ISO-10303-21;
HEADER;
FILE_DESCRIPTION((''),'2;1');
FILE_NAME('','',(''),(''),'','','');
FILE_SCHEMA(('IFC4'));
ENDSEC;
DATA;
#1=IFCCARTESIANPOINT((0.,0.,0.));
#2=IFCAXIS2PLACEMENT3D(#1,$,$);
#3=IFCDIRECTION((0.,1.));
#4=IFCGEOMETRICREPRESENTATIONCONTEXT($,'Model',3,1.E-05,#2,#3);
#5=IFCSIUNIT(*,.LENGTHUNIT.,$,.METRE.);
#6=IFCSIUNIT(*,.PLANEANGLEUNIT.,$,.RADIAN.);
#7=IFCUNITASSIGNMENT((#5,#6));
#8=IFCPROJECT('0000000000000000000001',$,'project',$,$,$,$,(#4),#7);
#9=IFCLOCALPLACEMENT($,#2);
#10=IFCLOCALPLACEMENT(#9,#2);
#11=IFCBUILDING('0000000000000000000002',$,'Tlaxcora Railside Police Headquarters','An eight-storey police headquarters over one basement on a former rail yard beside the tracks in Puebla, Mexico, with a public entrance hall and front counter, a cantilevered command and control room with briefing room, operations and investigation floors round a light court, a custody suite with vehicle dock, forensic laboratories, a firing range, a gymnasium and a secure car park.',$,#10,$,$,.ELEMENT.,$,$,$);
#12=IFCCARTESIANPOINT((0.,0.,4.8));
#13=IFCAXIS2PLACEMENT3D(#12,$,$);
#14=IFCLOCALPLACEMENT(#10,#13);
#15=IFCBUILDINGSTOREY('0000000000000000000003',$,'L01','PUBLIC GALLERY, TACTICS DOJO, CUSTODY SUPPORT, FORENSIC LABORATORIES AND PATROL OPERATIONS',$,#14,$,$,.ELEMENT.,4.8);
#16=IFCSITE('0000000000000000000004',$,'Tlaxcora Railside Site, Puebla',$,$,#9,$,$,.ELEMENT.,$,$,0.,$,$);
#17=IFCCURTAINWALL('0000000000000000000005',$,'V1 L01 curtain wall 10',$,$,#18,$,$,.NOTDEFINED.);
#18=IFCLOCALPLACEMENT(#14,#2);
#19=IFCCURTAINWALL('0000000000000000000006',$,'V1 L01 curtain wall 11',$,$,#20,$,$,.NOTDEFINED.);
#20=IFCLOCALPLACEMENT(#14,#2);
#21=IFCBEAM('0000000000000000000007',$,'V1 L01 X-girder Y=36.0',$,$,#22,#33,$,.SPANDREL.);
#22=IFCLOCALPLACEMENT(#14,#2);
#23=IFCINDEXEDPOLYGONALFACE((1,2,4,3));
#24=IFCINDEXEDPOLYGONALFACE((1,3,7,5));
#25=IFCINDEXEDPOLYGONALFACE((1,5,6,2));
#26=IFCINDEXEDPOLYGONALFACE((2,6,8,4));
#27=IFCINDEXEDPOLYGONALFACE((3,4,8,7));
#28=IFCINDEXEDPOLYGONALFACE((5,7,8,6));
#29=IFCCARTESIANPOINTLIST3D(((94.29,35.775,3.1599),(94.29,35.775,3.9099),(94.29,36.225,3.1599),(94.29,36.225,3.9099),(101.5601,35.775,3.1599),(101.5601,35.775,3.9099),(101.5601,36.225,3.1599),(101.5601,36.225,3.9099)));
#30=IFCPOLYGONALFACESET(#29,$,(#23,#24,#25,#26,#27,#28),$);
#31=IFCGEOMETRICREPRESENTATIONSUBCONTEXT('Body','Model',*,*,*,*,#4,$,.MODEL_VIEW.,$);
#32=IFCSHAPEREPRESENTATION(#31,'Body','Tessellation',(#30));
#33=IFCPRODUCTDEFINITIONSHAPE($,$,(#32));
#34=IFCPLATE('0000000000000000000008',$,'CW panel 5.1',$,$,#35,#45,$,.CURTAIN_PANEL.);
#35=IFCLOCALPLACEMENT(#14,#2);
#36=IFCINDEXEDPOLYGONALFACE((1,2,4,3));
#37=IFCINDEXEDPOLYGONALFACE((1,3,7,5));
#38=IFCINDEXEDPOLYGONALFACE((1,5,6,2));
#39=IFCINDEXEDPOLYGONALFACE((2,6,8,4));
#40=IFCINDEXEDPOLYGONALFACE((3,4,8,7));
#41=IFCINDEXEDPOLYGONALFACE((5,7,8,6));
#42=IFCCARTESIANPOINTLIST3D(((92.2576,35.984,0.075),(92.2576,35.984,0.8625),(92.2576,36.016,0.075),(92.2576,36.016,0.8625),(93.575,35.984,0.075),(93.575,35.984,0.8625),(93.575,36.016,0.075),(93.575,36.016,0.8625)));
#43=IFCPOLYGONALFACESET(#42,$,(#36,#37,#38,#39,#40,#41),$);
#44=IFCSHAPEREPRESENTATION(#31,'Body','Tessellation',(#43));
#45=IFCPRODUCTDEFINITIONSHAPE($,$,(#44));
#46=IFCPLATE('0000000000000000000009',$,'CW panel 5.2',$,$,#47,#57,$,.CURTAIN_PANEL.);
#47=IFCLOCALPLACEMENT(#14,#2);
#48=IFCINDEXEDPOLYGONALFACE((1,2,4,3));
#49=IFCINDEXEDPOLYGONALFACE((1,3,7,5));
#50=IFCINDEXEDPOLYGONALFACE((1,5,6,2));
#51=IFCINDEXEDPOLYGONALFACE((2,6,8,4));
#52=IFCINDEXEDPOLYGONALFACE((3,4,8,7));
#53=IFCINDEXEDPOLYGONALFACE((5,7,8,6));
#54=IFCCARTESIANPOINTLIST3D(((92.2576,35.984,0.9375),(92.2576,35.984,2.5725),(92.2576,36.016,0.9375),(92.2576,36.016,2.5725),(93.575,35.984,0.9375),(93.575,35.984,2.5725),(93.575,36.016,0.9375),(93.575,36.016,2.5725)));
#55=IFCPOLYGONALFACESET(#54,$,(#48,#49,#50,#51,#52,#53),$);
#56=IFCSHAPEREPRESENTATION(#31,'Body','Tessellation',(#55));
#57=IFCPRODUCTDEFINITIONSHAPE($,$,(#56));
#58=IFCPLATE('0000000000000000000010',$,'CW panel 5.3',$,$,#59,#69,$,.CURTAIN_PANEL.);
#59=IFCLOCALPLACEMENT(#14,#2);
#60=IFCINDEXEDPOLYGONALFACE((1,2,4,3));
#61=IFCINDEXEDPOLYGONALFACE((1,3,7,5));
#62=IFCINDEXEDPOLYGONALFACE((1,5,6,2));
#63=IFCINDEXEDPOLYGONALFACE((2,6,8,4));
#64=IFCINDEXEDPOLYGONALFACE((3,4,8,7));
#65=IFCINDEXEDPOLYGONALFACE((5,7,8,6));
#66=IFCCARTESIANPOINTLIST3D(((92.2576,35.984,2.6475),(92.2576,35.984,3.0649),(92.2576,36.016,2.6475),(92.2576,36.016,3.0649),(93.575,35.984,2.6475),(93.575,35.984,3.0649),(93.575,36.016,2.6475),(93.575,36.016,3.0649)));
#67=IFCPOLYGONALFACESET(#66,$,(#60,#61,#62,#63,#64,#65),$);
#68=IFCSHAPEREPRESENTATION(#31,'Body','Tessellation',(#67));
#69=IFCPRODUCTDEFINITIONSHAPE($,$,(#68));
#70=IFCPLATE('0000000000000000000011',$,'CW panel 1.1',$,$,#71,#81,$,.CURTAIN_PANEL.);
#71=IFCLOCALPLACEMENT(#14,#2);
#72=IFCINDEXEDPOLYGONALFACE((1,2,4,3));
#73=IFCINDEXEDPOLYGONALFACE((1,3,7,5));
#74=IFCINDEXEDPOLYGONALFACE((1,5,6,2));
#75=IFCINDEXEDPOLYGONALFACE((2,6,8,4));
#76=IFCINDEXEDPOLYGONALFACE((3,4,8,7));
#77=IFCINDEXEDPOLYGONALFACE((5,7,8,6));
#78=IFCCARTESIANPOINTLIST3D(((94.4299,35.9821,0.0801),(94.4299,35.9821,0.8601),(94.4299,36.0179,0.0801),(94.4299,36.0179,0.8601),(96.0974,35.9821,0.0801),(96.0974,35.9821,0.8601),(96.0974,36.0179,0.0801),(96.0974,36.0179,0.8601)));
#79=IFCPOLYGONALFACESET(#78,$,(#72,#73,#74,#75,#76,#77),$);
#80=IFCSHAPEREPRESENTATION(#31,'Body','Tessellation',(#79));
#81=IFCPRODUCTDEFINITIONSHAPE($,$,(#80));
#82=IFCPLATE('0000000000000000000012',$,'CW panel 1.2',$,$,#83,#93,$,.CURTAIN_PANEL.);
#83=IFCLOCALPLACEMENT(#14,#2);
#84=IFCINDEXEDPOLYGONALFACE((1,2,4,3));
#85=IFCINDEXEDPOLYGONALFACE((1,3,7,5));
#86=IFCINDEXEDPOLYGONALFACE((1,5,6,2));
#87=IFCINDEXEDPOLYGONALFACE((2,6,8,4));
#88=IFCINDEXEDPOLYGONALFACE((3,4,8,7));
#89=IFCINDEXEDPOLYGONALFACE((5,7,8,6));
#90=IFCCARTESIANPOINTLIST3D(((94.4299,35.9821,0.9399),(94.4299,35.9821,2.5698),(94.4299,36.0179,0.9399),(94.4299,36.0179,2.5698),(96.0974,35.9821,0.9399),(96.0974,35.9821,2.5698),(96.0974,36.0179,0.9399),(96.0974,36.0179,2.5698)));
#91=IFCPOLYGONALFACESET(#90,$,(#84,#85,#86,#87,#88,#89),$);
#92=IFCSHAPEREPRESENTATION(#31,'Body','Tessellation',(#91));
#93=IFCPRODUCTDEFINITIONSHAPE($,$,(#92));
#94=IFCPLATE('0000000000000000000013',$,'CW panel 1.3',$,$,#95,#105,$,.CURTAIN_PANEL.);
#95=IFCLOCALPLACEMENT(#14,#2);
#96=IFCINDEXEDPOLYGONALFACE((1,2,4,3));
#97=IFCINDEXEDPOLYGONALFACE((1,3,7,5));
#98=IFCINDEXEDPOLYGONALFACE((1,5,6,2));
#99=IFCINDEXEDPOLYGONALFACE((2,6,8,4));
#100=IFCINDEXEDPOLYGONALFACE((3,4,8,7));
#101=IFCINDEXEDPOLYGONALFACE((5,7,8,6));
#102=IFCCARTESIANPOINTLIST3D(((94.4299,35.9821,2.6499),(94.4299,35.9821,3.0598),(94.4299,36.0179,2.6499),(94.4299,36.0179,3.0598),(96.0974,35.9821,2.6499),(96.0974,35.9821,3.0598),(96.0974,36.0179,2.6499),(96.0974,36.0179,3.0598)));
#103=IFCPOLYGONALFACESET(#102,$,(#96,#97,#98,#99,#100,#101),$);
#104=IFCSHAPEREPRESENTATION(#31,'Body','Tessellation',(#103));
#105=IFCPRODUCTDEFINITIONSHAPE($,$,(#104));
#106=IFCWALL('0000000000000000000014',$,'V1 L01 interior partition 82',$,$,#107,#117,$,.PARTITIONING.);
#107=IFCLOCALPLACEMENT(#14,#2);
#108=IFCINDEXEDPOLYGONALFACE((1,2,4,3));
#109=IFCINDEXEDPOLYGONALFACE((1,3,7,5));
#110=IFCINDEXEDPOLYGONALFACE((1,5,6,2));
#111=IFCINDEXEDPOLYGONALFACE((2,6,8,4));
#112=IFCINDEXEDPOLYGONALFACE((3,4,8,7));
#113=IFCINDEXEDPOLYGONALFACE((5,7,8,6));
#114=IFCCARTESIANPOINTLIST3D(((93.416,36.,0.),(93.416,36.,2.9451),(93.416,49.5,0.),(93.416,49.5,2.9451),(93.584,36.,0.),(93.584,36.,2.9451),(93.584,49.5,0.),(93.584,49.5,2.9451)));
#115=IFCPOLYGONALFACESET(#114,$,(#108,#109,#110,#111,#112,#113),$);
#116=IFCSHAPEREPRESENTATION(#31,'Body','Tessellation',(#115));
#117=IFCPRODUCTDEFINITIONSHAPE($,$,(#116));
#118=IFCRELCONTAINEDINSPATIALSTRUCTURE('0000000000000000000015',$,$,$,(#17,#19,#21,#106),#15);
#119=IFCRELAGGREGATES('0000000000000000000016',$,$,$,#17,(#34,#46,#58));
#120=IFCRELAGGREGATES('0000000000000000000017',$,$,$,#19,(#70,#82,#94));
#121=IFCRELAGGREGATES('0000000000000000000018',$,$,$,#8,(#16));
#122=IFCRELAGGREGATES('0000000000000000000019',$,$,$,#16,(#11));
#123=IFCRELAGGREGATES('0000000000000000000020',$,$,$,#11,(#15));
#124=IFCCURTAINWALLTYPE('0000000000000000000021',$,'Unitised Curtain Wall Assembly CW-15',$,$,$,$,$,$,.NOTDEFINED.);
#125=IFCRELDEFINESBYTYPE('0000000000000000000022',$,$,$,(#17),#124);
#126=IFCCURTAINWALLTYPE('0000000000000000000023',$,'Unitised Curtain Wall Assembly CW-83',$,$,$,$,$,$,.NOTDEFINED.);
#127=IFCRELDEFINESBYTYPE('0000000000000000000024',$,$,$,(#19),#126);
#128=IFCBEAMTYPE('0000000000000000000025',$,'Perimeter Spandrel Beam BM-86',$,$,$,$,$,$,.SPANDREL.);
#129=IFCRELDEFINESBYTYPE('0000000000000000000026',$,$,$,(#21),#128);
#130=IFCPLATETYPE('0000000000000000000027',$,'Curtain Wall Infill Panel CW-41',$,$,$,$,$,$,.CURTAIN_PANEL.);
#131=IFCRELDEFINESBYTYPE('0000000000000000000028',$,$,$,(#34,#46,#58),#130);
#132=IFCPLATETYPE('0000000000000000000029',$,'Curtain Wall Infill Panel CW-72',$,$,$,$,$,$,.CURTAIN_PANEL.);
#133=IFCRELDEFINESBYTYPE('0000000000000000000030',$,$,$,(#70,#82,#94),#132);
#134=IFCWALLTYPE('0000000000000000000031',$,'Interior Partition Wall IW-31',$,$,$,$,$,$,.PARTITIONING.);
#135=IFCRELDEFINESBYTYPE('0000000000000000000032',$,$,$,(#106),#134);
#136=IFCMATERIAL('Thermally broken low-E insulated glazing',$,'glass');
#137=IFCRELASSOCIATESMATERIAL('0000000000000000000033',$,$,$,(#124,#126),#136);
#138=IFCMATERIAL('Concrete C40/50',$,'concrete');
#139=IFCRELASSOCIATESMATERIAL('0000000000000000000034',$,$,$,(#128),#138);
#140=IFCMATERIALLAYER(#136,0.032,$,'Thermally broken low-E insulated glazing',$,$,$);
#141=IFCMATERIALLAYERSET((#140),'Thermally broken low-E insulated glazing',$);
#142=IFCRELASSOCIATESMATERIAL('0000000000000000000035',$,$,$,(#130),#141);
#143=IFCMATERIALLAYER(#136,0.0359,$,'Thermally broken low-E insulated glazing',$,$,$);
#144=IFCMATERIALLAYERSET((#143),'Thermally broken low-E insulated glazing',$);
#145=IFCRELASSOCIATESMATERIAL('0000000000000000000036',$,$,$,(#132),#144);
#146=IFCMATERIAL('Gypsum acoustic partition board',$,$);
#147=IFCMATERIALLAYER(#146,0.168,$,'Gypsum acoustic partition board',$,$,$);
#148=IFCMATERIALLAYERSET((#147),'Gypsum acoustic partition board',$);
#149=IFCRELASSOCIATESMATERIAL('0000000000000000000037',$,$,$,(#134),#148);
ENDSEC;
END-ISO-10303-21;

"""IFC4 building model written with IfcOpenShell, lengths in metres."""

from ifc_helpers import new_model, si_unit, direction, frame, frame_2d, origin, origin_2d, place, context, subcontext, project, spatial, rectangle, extrude, material, layer, layer_set, material_profile, profile_set, type_object, element, aggregate, save


model = new_model("IFC4")

# Units and contexts
model_context = context("Model", 3, precision=1e-05, world=origin(), true_north=direction((0.0, 1.0)))
body_context = subcontext(model_context, "Body", "Model", "MODEL_VIEW")
ifc_project = project(units=[si_unit("LENGTHUNIT", "METRE"), si_unit("PLANEANGLEUNIT", "RADIAN")], contexts=[model_context])

# Site, building, storey
site_placement = place(None, origin())
site = spatial("IfcSite", under=ifc_project, at=site_placement, Name="Tlaxcora Railside Site, Puebla", CompositionType="ELEMENT", RefElevation=0.0)
building_placement = place(site_placement, origin())
building = spatial("IfcBuilding", under=site, at=building_placement, Name="Tlaxcora Railside Police Headquarters", Description="An eight-storey police headquarters over one basement on a former rail yard beside the tracks in Puebla, Mexico, with a public entrance hall and front counter, a cantilevered command and control room with briefing room, operations and investigation floors round a light court, a custody suite with vehicle dock, forensic laboratories, a firing range, a gymnasium and a secure car park.", CompositionType="ELEMENT")
storey_placement = place(building_placement, frame((0.0, 0.0, 4.8)))
storey = spatial("IfcBuildingStorey", under=building, at=storey_placement, Name="L01", Description="PUBLIC GALLERY, TACTICS DOJO, CUSTODY SUPPORT, FORENSIC LABORATORIES AND PATROL OPERATIONS", CompositionType="ELEMENT", Elevation=4.8)

# Shared definitions
ifc_material_1 = material(Name="Concrete C40/50", Category="concrete")

# Curtain walls
ifc_material_2 = material(Name="Thermally broken low-E insulated glazing", Category="glass")
curtain_wall_type_1 = type_object("IfcCurtainWallType", Name="Unitised Curtain Wall Assembly CW-15", PredefinedType="NOTDEFINED", material=ifc_material_2)
curtain_wall_1_placement = place(storey_placement, origin())
curtain_wall_1 = element("IfcCurtainWall", 1, at=curtain_wall_1_placement, inside=storey, type_object=curtain_wall_type_1, Name="V1 L01 curtain wall 10", PredefinedType="NOTDEFINED")
curtain_wall_type_2 = type_object("IfcCurtainWallType", Name="Unitised Curtain Wall Assembly CW-83", PredefinedType="NOTDEFINED", material=ifc_material_2)
curtain_wall_2_placement = place(storey_placement, origin())
curtain_wall_2 = element("IfcCurtainWall", 2, at=curtain_wall_2_placement, inside=storey, type_object=curtain_wall_type_2, Name="V1 L01 curtain wall 11", PredefinedType="NOTDEFINED")

# Beam
ifc_material_profile_1 = material_profile(ifc_material_1, rectangle(XDim=0.45, YDim=0.75, at=origin_2d()), Name="RC450X750")
ifc_profile_set_1 = profile_set([ifc_material_profile_1], Name="Concrete C40/50")
beam_type = type_object("IfcBeamType", Name="Perimeter Spandrel Beam BM-86", PredefinedType="SPANDREL", material=ifc_profile_set_1)
beam_placement = place(storey_placement, frame((94.29, 36.0, 3.5349), z_axis=(1.0, 0.0, 0.0), x_axis=(0.0, 1.0, 0.0)))
element("IfcBeam", 3, at=beam_placement, inside=storey, type_object=beam_type, Name="V1 L01 X-girder Y=36.0", PredefinedType="SPANDREL", context=body_context, shape_type="SweptSolid", body=[
    extrude(rectangle(XDim=0.45, YDim=0.75, at=origin_2d()), origin(), (0.0, 0.0, 1.0), 7.27),
])

# Plates
ifc_layer_1 = layer(ifc_material_2, 0.032, Name="Thermally broken low-E insulated glazing")
ifc_layer_set_1 = layer_set([ifc_layer_1], Name="Thermally broken low-E insulated glazing")
plate_type_1 = type_object("IfcPlateType", Name="Curtain Wall Infill Panel CW-41", PredefinedType="CURTAIN_PANEL", material=ifc_layer_set_1)
plate_1_placement = place(storey_placement, frame((92.9163, 36.0, 0.075), z_axis=(0.0, 0.0, 1.0), x_axis=(1.0, 0.0, 0.0)))
plate_1 = element("IfcPlate", 4, at=plate_1_placement, type_object=plate_type_1, Name="CW panel 5.1", PredefinedType="CURTAIN_PANEL", context=body_context, shape_type="SweptSolid", body=[
    extrude(rectangle(XDim=1.3174, YDim=0.032, at=origin_2d()), origin(), (0.0, 0.0, 1.0), 0.7876),
])
plate_2_placement = place(storey_placement, frame((92.9163, 36.0, 0.9375), z_axis=(0.0, 0.0, 1.0), x_axis=(1.0, 0.0, 0.0)))
plate_2 = element("IfcPlate", 5, at=plate_2_placement, type_object=plate_type_1, Name="CW panel 5.2", PredefinedType="CURTAIN_PANEL", context=body_context, shape_type="SweptSolid", body=[
    extrude(rectangle(XDim=1.3174, YDim=0.032, at=origin_2d()), origin(), (0.0, 0.0, 1.0), 1.635),
])
plate_3_placement = place(storey_placement, frame((92.9163, 36.0, 2.6475), z_axis=(0.0, 0.0, 1.0), x_axis=(1.0, 0.0, 0.0)))
plate_3 = element("IfcPlate", 6, at=plate_3_placement, type_object=plate_type_1, Name="CW panel 5.3", PredefinedType="CURTAIN_PANEL", context=body_context, shape_type="SweptSolid", body=[
    extrude(rectangle(XDim=1.3174, YDim=0.032, at=origin_2d()), origin(), (0.0, 0.0, 1.0), 0.4175),
])
aggregate(curtain_wall_1, [plate_1, plate_2, plate_3])
ifc_layer_2 = layer(ifc_material_2, 0.0359, Name="Thermally broken low-E insulated glazing")
ifc_layer_set_2 = layer_set([ifc_layer_2], Name="Thermally broken low-E insulated glazing")
plate_type_2 = type_object("IfcPlateType", Name="Curtain Wall Infill Panel CW-72", PredefinedType="CURTAIN_PANEL", material=ifc_layer_set_2)
plate_4_placement = place(storey_placement, frame((95.2637, 36.0, 0.0801), z_axis=(0.0, 0.0, 1.0), x_axis=(1.0, 0.0, 0.0)))
plate_4 = element("IfcPlate", 7, at=plate_4_placement, type_object=plate_type_2, Name="CW panel 1.1", PredefinedType="CURTAIN_PANEL", context=body_context, shape_type="SweptSolid", body=[
    extrude(rectangle(XDim=1.6675, YDim=0.0359, at=origin_2d()), origin(), (0.0, 0.0, 1.0), 0.78),
])
plate_5_placement = place(storey_placement, frame((95.2637, 36.0, 0.9399), z_axis=(0.0, 0.0, 1.0), x_axis=(1.0, 0.0, 0.0)))
plate_5 = element("IfcPlate", 8, at=plate_5_placement, type_object=plate_type_2, Name="CW panel 1.2", PredefinedType="CURTAIN_PANEL", context=body_context, shape_type="SweptSolid", body=[
    extrude(rectangle(XDim=1.6675, YDim=0.0359, at=origin_2d()), origin(), (0.0, 0.0, 1.0), 1.6299),
])
plate_6_placement = place(storey_placement, frame((95.2637, 36.0, 2.6499), z_axis=(0.0, 0.0, 1.0), x_axis=(1.0, 0.0, 0.0)))
plate_6 = element("IfcPlate", 9, at=plate_6_placement, type_object=plate_type_2, Name="CW panel 1.3", PredefinedType="CURTAIN_PANEL", context=body_context, shape_type="SweptSolid", body=[
    extrude(rectangle(XDim=1.6675, YDim=0.0359, at=origin_2d()), origin(), (0.0, 0.0, 1.0), 0.4099),
])
aggregate(curtain_wall_2, [plate_4, plate_5, plate_6])

# Wall
ifc_material_3 = material(Name="Gypsum acoustic partition board")
ifc_layer_3 = layer(ifc_material_3, 0.168, Name="Gypsum acoustic partition board")
ifc_layer_set_3 = layer_set([ifc_layer_3], Name="Gypsum acoustic partition board")
wall_type = type_object("IfcWallType", Name="Interior Partition Wall IW-31", PredefinedType="PARTITIONING", material=ifc_layer_set_3)
wall_placement = place(storey_placement, frame((93.5, 36.0, 0.0), z_axis=(0.0, 0.0, 1.0), x_axis=(0.0, 1.0, 0.0)))
element("IfcWall", 10, at=wall_placement, inside=storey, type_object=wall_type, Name="V1 L01 interior partition 82", PredefinedType="PARTITIONING", context=body_context, shape_type="SweptSolid", body=[
    extrude(rectangle(XDim=13.5, YDim=0.168, at=frame_2d((6.75, 0.0))), origin(), (0.0, 0.0, 1.0), 2.9451),
])

save(model, "model.ifc")
